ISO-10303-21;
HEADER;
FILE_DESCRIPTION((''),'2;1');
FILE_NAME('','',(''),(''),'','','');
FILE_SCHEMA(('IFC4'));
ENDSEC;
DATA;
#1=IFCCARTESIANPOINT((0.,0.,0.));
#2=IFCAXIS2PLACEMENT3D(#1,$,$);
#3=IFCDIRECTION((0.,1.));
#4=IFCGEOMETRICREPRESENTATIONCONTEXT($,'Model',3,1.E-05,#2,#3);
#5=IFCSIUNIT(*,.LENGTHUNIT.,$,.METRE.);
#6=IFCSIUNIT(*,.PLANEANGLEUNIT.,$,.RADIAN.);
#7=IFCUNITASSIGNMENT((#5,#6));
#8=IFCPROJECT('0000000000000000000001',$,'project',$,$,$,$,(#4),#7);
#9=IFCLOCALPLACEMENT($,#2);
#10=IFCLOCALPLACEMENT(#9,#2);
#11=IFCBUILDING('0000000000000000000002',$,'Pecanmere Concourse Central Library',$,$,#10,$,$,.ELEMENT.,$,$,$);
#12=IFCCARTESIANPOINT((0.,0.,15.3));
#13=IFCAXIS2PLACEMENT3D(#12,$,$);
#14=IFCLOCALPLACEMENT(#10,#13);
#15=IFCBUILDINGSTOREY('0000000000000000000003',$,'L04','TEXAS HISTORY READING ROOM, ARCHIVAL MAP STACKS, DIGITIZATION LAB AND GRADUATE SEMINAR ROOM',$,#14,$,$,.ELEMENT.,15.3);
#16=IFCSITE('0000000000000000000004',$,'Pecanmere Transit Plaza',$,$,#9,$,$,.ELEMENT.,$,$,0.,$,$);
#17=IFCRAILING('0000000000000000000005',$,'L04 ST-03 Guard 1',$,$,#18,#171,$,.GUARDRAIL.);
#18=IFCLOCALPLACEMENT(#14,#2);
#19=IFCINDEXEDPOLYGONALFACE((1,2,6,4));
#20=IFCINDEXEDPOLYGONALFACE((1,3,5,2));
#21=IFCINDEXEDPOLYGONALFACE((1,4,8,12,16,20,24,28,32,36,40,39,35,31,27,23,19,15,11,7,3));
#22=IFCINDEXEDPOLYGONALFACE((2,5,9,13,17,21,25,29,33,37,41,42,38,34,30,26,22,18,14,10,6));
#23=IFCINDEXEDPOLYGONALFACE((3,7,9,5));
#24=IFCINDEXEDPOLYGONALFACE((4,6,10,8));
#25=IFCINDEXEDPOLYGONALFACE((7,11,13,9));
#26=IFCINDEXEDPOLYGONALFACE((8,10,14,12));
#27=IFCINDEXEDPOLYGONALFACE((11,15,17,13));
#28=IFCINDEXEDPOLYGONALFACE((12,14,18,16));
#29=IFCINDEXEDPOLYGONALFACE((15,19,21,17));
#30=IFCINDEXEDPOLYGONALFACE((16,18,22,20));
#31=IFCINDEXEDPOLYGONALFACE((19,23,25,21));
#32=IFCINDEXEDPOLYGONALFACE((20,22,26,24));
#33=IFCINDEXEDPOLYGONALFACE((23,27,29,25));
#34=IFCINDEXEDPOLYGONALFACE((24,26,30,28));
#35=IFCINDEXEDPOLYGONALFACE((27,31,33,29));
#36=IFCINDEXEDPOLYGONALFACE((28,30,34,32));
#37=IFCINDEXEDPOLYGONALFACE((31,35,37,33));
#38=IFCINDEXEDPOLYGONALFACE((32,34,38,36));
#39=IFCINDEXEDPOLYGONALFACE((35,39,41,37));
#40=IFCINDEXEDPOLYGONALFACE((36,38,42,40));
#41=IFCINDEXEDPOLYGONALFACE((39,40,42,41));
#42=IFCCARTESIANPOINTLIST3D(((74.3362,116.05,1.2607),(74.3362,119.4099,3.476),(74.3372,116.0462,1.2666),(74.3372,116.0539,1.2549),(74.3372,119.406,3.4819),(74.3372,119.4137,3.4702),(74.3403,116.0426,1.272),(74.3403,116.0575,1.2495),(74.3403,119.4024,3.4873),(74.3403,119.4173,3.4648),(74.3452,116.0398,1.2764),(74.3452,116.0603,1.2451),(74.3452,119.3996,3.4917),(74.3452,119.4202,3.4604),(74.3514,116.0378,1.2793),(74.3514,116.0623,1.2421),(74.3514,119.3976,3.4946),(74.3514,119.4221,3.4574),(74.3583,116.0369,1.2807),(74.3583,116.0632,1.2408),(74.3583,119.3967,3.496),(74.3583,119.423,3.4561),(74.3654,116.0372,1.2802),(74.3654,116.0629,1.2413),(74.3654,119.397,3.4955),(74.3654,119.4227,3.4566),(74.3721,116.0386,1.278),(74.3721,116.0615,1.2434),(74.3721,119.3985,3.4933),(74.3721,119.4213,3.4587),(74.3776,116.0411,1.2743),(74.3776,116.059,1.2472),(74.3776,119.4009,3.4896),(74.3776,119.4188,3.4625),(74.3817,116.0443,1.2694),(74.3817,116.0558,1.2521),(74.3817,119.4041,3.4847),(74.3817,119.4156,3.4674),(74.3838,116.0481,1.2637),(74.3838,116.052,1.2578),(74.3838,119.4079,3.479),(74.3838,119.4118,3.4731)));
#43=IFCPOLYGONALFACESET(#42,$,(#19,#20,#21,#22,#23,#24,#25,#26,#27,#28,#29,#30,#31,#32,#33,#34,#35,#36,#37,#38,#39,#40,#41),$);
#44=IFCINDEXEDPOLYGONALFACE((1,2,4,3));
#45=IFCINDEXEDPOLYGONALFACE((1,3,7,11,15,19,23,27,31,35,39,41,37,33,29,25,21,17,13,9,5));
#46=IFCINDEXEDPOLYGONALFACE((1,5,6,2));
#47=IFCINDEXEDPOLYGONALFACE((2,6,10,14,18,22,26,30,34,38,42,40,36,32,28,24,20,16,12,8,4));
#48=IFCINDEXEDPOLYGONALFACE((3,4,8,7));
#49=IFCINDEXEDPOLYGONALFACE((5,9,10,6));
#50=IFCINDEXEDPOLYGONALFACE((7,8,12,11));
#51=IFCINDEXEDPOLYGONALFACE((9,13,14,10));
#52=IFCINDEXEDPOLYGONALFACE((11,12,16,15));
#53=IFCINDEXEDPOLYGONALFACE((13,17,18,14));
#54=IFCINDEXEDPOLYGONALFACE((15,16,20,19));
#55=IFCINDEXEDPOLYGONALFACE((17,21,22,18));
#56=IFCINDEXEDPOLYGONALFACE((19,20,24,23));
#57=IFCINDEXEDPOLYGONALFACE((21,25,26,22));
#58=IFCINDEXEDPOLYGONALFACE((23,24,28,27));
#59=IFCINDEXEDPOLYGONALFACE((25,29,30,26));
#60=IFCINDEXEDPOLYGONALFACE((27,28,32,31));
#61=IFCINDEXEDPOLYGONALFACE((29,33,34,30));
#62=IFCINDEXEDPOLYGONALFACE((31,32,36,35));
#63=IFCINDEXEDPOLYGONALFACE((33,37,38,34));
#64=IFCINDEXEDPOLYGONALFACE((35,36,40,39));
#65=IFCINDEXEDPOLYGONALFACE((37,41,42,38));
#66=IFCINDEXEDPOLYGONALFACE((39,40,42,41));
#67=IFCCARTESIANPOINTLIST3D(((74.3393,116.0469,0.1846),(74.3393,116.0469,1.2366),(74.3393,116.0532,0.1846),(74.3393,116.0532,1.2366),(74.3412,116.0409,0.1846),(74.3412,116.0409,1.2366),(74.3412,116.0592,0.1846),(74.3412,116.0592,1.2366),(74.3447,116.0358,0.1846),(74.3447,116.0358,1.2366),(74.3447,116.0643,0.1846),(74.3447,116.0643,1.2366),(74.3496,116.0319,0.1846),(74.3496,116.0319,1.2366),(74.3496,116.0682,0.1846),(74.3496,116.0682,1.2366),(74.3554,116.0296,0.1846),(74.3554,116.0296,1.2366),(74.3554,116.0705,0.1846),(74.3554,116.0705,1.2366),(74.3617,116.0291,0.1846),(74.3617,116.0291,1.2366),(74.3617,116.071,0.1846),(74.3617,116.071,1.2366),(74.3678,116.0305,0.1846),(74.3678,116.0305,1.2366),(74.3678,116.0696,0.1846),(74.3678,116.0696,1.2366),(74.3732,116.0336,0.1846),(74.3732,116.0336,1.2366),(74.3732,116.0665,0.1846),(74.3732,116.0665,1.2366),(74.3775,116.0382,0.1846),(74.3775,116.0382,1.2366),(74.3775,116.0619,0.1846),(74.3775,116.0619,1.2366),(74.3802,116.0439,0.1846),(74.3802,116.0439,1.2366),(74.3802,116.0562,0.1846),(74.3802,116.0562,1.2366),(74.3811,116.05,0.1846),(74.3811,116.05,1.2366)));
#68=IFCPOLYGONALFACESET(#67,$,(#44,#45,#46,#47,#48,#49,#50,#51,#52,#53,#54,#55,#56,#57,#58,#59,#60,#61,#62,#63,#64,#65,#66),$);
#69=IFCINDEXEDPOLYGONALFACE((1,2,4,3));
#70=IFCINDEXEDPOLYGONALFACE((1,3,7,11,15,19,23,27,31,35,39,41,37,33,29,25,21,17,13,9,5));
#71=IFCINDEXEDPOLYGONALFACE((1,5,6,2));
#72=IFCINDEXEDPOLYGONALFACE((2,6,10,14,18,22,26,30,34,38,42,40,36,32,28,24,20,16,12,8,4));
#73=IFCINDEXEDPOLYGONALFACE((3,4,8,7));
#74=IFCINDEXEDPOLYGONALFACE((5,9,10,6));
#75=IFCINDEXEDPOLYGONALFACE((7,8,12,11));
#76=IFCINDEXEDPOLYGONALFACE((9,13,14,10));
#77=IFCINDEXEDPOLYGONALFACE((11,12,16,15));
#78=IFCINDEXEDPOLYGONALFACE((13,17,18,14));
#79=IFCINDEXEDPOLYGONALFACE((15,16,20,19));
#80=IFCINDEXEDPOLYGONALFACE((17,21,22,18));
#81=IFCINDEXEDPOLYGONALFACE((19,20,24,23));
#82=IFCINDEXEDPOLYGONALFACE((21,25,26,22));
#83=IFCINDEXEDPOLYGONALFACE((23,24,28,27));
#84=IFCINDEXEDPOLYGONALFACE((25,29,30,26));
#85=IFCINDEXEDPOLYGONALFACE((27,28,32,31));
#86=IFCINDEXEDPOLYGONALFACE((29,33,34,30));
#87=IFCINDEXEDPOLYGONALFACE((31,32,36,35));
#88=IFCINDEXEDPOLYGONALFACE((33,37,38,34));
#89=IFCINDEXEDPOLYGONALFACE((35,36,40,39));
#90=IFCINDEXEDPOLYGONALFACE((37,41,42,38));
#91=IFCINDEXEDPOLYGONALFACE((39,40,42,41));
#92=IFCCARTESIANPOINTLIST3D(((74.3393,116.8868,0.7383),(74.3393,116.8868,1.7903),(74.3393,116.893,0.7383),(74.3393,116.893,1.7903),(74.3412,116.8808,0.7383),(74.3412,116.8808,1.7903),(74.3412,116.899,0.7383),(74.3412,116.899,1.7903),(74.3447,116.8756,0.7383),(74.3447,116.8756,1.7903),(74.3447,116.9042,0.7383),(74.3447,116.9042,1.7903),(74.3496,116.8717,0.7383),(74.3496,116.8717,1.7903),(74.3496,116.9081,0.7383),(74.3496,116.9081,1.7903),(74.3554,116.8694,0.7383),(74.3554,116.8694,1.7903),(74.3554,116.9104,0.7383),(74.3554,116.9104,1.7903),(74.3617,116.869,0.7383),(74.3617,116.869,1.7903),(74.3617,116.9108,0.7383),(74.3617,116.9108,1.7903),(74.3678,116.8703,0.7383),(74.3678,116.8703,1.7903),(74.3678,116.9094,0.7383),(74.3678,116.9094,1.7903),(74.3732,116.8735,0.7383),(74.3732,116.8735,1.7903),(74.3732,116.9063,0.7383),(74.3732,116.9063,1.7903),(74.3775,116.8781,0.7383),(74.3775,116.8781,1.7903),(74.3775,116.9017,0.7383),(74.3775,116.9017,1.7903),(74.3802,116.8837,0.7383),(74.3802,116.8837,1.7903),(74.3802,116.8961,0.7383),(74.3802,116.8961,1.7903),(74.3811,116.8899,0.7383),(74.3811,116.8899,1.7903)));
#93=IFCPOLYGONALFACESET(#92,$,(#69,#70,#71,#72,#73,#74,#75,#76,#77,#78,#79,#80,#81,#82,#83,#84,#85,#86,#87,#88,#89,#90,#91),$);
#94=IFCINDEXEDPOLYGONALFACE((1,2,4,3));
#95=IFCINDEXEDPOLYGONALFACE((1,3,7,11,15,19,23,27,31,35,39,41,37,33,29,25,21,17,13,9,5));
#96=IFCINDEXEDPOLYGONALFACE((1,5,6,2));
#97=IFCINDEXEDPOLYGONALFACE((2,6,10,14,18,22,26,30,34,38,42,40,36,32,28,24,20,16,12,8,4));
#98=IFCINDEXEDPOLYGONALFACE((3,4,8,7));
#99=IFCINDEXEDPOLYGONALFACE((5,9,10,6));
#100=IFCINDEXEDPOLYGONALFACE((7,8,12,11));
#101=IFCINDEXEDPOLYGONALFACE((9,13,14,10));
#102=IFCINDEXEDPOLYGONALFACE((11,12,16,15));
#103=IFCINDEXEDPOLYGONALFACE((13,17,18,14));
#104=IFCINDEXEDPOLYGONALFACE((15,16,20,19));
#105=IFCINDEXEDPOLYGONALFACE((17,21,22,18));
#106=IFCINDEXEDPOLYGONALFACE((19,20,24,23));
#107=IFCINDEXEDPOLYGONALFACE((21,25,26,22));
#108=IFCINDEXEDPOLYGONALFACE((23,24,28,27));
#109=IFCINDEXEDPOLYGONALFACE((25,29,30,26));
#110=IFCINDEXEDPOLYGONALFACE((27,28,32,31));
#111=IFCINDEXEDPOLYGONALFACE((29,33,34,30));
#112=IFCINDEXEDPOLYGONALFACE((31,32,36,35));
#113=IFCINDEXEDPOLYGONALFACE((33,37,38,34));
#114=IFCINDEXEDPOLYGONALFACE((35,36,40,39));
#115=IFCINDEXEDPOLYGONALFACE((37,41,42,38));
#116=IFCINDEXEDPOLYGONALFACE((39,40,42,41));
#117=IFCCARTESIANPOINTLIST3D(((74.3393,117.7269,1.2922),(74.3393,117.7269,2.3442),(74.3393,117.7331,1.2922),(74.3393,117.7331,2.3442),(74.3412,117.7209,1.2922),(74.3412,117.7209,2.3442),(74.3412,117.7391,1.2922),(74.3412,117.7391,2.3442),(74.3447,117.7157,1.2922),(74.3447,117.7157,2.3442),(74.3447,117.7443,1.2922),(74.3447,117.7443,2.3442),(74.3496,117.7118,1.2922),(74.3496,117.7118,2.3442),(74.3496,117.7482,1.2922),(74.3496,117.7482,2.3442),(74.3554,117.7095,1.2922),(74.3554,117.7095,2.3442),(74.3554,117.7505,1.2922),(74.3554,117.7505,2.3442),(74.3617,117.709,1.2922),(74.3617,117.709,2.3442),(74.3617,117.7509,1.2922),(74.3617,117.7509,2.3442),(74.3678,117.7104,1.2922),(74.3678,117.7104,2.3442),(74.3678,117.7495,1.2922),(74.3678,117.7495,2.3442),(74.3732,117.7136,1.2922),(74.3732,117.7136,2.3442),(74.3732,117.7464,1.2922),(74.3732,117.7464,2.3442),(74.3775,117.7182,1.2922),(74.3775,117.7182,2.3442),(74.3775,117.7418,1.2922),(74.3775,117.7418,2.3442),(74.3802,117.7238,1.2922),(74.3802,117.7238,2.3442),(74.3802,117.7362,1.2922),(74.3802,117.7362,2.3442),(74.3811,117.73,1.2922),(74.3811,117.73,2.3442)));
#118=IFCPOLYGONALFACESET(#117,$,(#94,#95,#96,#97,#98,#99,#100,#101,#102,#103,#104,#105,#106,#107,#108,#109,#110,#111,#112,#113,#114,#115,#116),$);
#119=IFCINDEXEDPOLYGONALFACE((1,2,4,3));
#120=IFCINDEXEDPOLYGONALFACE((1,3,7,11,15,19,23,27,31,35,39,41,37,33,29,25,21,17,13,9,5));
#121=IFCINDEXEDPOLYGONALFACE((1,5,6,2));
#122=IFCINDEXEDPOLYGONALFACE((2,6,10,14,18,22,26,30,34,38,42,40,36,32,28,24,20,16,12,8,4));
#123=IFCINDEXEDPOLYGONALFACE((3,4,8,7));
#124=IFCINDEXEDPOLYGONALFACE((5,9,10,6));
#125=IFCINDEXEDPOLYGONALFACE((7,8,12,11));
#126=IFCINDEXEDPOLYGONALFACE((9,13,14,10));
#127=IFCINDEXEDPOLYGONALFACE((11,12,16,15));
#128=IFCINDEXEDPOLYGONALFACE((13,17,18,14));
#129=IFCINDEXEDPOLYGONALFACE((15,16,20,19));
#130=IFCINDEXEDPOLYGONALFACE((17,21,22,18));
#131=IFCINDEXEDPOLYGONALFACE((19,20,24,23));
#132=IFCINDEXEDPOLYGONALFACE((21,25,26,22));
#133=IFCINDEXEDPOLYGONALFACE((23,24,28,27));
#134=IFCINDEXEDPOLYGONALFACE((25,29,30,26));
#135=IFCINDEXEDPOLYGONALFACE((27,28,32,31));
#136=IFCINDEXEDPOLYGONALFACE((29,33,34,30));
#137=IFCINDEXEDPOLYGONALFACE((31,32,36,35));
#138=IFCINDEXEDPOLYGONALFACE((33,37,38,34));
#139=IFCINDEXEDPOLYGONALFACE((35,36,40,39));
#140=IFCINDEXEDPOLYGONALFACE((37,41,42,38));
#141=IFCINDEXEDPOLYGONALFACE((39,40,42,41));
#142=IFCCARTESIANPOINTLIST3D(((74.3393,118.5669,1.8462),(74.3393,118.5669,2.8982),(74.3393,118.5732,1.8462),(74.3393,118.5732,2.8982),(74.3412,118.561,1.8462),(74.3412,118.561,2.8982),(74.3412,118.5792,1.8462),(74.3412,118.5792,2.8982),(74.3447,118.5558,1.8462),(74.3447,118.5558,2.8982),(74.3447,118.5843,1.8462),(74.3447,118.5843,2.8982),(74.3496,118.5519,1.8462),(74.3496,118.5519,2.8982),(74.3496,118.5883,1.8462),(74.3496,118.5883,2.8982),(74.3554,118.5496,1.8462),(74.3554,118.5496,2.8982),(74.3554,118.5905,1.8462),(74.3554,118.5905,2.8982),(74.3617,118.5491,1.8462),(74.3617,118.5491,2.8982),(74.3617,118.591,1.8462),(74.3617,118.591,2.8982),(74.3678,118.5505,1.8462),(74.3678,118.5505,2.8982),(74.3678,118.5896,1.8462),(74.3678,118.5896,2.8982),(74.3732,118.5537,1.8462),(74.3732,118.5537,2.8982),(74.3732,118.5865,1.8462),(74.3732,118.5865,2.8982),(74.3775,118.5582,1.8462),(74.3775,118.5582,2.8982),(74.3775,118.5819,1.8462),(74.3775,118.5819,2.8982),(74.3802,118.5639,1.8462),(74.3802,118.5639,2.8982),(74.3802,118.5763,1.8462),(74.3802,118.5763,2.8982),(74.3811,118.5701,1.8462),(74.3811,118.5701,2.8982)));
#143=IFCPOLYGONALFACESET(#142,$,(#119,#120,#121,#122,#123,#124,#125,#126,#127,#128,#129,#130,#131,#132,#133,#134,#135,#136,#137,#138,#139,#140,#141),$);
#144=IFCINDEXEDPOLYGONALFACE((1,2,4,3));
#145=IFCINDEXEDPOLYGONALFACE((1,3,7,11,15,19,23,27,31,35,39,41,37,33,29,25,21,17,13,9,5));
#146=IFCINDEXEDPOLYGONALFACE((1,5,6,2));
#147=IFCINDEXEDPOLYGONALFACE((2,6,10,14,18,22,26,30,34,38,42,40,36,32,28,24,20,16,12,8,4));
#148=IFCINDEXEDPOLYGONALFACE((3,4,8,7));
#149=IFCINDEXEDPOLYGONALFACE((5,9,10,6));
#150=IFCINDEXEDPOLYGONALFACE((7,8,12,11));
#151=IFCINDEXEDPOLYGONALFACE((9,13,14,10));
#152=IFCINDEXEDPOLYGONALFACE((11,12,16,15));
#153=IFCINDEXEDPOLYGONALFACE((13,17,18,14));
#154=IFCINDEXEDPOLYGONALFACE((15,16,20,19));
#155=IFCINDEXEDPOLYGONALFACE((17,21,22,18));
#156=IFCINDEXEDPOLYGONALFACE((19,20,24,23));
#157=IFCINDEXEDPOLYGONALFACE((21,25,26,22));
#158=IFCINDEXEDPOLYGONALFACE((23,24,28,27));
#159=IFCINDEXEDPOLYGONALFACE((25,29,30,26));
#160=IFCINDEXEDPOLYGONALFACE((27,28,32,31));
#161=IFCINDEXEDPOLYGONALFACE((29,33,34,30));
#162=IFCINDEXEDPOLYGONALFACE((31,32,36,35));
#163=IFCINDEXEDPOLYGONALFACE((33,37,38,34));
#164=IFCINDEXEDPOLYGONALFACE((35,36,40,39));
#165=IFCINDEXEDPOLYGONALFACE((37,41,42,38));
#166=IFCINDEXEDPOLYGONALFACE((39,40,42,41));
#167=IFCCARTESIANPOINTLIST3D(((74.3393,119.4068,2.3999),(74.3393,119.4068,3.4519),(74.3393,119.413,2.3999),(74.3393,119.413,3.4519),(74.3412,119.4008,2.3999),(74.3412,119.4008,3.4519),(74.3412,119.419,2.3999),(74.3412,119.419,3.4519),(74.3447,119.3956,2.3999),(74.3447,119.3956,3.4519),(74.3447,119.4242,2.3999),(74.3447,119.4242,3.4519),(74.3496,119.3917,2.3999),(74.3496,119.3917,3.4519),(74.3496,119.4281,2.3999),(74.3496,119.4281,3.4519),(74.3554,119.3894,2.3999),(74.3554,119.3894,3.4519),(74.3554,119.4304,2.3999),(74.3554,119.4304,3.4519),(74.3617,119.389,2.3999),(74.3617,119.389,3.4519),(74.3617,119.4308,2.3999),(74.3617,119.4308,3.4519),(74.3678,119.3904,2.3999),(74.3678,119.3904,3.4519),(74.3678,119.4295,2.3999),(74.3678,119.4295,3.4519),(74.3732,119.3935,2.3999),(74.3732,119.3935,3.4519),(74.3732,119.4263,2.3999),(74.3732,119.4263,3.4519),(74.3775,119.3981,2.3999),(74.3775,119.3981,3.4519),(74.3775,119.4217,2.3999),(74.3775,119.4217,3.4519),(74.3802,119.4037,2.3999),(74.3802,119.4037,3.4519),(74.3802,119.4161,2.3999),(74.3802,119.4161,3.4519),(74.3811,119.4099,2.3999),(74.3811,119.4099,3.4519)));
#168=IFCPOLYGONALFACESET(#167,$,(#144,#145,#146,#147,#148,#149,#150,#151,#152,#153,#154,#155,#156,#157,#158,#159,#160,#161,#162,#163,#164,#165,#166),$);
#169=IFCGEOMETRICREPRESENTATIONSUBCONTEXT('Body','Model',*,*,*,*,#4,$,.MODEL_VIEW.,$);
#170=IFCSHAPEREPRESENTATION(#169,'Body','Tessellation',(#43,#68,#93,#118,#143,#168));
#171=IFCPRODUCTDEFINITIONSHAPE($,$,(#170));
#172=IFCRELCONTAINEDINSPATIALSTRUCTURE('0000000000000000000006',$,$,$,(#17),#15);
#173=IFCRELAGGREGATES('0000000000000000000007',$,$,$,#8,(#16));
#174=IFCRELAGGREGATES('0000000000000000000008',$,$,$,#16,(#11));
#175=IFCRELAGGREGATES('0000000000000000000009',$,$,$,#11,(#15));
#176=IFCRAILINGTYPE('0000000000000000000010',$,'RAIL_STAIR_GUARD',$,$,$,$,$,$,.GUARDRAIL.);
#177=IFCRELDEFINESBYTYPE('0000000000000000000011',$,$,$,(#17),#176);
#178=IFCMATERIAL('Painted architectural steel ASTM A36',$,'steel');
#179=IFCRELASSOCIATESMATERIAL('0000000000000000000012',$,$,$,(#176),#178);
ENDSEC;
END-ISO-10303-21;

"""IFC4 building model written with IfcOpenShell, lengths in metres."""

from ifc_helpers import new_model, si_unit, direction, frame, origin, origin_2d, place, context, subcontext, project, spatial, circle, extrude, material, type_object, element, save


model = new_model("IFC4")

# Units and contexts
model_context = context("Model", 3, precision=1e-05, world=origin(), true_north=direction((0.0, 1.0)))
body_context = subcontext(model_context, "Body", "Model", "MODEL_VIEW")
ifc_project = project(units=[si_unit("LENGTHUNIT", "METRE"), si_unit("PLANEANGLEUNIT", "RADIAN")], contexts=[model_context])

# Site, building, storey
site_placement = place(None, origin())
site = spatial("IfcSite", under=ifc_project, at=site_placement, Name="Pecanmere Transit Plaza", CompositionType="ELEMENT", RefElevation=0.0)
building_placement = place(site_placement, origin())
building = spatial("IfcBuilding", under=site, at=building_placement, Name="Pecanmere Concourse Central Library", CompositionType="ELEMENT")
storey_placement = place(building_placement, frame((0.0, 0.0, 15.3)))
storey = spatial("IfcBuildingStorey", under=building, at=storey_placement, Name="L04", Description="TEXAS HISTORY READING ROOM, ARCHIVAL MAP STACKS, DIGITIZATION LAB AND GRADUATE SEMINAR ROOM", CompositionType="ELEMENT", Elevation=15.3)

# Railing
ifc_material_1 = material(Name="Painted architectural steel ASTM A36", Category="steel")
railing_type_1 = type_object("IfcRailingType", Name="RAIL_STAIR_GUARD", PredefinedType="GUARDRAIL", material=ifc_material_1)
railing_1_placement = place(storey_placement, frame((74.3601, 116.05, 0.1846)))
element("IfcRailing", 1, at=railing_1_placement, inside=storey, type_object=railing_type_1, Name="L04 ST-03 Guard 1", PredefinedType="GUARDRAIL", context=body_context, shape_type="SweptSolid", body=[
    extrude(circle(Radius=0.0239, at=origin_2d()), frame((0.0, 0.0, 1.0762), z_axis=(0.0, 0.834858, 0.550465), x_axis=(-1.0, 0.0, 0.0)), (0.0, 0.0, 1.0), 4.0244),
    extrude(circle(Radius=0.021, at=origin_2d()), origin(), (0.0, 0.0, 1.0), 1.052),
    extrude(circle(Radius=0.021, at=origin_2d()), frame((0.0, 0.8398, 0.5537)), (0.0, 0.0, 1.0), 1.052),
    extrude(circle(Radius=0.021, at=origin_2d()), frame((0.0, 1.6799, 1.1077)), (0.0, 0.0, 1.0), 1.052),
    extrude(circle(Radius=0.021, at=origin_2d()), frame((0.0, 2.52, 1.6616)), (0.0, 0.0, 1.0), 1.052),
    extrude(circle(Radius=0.021, at=origin_2d()), frame((0.0, 3.3599, 2.2153)), (0.0, 0.0, 1.0), 1.052),
])

save(model, "model.ifc")
